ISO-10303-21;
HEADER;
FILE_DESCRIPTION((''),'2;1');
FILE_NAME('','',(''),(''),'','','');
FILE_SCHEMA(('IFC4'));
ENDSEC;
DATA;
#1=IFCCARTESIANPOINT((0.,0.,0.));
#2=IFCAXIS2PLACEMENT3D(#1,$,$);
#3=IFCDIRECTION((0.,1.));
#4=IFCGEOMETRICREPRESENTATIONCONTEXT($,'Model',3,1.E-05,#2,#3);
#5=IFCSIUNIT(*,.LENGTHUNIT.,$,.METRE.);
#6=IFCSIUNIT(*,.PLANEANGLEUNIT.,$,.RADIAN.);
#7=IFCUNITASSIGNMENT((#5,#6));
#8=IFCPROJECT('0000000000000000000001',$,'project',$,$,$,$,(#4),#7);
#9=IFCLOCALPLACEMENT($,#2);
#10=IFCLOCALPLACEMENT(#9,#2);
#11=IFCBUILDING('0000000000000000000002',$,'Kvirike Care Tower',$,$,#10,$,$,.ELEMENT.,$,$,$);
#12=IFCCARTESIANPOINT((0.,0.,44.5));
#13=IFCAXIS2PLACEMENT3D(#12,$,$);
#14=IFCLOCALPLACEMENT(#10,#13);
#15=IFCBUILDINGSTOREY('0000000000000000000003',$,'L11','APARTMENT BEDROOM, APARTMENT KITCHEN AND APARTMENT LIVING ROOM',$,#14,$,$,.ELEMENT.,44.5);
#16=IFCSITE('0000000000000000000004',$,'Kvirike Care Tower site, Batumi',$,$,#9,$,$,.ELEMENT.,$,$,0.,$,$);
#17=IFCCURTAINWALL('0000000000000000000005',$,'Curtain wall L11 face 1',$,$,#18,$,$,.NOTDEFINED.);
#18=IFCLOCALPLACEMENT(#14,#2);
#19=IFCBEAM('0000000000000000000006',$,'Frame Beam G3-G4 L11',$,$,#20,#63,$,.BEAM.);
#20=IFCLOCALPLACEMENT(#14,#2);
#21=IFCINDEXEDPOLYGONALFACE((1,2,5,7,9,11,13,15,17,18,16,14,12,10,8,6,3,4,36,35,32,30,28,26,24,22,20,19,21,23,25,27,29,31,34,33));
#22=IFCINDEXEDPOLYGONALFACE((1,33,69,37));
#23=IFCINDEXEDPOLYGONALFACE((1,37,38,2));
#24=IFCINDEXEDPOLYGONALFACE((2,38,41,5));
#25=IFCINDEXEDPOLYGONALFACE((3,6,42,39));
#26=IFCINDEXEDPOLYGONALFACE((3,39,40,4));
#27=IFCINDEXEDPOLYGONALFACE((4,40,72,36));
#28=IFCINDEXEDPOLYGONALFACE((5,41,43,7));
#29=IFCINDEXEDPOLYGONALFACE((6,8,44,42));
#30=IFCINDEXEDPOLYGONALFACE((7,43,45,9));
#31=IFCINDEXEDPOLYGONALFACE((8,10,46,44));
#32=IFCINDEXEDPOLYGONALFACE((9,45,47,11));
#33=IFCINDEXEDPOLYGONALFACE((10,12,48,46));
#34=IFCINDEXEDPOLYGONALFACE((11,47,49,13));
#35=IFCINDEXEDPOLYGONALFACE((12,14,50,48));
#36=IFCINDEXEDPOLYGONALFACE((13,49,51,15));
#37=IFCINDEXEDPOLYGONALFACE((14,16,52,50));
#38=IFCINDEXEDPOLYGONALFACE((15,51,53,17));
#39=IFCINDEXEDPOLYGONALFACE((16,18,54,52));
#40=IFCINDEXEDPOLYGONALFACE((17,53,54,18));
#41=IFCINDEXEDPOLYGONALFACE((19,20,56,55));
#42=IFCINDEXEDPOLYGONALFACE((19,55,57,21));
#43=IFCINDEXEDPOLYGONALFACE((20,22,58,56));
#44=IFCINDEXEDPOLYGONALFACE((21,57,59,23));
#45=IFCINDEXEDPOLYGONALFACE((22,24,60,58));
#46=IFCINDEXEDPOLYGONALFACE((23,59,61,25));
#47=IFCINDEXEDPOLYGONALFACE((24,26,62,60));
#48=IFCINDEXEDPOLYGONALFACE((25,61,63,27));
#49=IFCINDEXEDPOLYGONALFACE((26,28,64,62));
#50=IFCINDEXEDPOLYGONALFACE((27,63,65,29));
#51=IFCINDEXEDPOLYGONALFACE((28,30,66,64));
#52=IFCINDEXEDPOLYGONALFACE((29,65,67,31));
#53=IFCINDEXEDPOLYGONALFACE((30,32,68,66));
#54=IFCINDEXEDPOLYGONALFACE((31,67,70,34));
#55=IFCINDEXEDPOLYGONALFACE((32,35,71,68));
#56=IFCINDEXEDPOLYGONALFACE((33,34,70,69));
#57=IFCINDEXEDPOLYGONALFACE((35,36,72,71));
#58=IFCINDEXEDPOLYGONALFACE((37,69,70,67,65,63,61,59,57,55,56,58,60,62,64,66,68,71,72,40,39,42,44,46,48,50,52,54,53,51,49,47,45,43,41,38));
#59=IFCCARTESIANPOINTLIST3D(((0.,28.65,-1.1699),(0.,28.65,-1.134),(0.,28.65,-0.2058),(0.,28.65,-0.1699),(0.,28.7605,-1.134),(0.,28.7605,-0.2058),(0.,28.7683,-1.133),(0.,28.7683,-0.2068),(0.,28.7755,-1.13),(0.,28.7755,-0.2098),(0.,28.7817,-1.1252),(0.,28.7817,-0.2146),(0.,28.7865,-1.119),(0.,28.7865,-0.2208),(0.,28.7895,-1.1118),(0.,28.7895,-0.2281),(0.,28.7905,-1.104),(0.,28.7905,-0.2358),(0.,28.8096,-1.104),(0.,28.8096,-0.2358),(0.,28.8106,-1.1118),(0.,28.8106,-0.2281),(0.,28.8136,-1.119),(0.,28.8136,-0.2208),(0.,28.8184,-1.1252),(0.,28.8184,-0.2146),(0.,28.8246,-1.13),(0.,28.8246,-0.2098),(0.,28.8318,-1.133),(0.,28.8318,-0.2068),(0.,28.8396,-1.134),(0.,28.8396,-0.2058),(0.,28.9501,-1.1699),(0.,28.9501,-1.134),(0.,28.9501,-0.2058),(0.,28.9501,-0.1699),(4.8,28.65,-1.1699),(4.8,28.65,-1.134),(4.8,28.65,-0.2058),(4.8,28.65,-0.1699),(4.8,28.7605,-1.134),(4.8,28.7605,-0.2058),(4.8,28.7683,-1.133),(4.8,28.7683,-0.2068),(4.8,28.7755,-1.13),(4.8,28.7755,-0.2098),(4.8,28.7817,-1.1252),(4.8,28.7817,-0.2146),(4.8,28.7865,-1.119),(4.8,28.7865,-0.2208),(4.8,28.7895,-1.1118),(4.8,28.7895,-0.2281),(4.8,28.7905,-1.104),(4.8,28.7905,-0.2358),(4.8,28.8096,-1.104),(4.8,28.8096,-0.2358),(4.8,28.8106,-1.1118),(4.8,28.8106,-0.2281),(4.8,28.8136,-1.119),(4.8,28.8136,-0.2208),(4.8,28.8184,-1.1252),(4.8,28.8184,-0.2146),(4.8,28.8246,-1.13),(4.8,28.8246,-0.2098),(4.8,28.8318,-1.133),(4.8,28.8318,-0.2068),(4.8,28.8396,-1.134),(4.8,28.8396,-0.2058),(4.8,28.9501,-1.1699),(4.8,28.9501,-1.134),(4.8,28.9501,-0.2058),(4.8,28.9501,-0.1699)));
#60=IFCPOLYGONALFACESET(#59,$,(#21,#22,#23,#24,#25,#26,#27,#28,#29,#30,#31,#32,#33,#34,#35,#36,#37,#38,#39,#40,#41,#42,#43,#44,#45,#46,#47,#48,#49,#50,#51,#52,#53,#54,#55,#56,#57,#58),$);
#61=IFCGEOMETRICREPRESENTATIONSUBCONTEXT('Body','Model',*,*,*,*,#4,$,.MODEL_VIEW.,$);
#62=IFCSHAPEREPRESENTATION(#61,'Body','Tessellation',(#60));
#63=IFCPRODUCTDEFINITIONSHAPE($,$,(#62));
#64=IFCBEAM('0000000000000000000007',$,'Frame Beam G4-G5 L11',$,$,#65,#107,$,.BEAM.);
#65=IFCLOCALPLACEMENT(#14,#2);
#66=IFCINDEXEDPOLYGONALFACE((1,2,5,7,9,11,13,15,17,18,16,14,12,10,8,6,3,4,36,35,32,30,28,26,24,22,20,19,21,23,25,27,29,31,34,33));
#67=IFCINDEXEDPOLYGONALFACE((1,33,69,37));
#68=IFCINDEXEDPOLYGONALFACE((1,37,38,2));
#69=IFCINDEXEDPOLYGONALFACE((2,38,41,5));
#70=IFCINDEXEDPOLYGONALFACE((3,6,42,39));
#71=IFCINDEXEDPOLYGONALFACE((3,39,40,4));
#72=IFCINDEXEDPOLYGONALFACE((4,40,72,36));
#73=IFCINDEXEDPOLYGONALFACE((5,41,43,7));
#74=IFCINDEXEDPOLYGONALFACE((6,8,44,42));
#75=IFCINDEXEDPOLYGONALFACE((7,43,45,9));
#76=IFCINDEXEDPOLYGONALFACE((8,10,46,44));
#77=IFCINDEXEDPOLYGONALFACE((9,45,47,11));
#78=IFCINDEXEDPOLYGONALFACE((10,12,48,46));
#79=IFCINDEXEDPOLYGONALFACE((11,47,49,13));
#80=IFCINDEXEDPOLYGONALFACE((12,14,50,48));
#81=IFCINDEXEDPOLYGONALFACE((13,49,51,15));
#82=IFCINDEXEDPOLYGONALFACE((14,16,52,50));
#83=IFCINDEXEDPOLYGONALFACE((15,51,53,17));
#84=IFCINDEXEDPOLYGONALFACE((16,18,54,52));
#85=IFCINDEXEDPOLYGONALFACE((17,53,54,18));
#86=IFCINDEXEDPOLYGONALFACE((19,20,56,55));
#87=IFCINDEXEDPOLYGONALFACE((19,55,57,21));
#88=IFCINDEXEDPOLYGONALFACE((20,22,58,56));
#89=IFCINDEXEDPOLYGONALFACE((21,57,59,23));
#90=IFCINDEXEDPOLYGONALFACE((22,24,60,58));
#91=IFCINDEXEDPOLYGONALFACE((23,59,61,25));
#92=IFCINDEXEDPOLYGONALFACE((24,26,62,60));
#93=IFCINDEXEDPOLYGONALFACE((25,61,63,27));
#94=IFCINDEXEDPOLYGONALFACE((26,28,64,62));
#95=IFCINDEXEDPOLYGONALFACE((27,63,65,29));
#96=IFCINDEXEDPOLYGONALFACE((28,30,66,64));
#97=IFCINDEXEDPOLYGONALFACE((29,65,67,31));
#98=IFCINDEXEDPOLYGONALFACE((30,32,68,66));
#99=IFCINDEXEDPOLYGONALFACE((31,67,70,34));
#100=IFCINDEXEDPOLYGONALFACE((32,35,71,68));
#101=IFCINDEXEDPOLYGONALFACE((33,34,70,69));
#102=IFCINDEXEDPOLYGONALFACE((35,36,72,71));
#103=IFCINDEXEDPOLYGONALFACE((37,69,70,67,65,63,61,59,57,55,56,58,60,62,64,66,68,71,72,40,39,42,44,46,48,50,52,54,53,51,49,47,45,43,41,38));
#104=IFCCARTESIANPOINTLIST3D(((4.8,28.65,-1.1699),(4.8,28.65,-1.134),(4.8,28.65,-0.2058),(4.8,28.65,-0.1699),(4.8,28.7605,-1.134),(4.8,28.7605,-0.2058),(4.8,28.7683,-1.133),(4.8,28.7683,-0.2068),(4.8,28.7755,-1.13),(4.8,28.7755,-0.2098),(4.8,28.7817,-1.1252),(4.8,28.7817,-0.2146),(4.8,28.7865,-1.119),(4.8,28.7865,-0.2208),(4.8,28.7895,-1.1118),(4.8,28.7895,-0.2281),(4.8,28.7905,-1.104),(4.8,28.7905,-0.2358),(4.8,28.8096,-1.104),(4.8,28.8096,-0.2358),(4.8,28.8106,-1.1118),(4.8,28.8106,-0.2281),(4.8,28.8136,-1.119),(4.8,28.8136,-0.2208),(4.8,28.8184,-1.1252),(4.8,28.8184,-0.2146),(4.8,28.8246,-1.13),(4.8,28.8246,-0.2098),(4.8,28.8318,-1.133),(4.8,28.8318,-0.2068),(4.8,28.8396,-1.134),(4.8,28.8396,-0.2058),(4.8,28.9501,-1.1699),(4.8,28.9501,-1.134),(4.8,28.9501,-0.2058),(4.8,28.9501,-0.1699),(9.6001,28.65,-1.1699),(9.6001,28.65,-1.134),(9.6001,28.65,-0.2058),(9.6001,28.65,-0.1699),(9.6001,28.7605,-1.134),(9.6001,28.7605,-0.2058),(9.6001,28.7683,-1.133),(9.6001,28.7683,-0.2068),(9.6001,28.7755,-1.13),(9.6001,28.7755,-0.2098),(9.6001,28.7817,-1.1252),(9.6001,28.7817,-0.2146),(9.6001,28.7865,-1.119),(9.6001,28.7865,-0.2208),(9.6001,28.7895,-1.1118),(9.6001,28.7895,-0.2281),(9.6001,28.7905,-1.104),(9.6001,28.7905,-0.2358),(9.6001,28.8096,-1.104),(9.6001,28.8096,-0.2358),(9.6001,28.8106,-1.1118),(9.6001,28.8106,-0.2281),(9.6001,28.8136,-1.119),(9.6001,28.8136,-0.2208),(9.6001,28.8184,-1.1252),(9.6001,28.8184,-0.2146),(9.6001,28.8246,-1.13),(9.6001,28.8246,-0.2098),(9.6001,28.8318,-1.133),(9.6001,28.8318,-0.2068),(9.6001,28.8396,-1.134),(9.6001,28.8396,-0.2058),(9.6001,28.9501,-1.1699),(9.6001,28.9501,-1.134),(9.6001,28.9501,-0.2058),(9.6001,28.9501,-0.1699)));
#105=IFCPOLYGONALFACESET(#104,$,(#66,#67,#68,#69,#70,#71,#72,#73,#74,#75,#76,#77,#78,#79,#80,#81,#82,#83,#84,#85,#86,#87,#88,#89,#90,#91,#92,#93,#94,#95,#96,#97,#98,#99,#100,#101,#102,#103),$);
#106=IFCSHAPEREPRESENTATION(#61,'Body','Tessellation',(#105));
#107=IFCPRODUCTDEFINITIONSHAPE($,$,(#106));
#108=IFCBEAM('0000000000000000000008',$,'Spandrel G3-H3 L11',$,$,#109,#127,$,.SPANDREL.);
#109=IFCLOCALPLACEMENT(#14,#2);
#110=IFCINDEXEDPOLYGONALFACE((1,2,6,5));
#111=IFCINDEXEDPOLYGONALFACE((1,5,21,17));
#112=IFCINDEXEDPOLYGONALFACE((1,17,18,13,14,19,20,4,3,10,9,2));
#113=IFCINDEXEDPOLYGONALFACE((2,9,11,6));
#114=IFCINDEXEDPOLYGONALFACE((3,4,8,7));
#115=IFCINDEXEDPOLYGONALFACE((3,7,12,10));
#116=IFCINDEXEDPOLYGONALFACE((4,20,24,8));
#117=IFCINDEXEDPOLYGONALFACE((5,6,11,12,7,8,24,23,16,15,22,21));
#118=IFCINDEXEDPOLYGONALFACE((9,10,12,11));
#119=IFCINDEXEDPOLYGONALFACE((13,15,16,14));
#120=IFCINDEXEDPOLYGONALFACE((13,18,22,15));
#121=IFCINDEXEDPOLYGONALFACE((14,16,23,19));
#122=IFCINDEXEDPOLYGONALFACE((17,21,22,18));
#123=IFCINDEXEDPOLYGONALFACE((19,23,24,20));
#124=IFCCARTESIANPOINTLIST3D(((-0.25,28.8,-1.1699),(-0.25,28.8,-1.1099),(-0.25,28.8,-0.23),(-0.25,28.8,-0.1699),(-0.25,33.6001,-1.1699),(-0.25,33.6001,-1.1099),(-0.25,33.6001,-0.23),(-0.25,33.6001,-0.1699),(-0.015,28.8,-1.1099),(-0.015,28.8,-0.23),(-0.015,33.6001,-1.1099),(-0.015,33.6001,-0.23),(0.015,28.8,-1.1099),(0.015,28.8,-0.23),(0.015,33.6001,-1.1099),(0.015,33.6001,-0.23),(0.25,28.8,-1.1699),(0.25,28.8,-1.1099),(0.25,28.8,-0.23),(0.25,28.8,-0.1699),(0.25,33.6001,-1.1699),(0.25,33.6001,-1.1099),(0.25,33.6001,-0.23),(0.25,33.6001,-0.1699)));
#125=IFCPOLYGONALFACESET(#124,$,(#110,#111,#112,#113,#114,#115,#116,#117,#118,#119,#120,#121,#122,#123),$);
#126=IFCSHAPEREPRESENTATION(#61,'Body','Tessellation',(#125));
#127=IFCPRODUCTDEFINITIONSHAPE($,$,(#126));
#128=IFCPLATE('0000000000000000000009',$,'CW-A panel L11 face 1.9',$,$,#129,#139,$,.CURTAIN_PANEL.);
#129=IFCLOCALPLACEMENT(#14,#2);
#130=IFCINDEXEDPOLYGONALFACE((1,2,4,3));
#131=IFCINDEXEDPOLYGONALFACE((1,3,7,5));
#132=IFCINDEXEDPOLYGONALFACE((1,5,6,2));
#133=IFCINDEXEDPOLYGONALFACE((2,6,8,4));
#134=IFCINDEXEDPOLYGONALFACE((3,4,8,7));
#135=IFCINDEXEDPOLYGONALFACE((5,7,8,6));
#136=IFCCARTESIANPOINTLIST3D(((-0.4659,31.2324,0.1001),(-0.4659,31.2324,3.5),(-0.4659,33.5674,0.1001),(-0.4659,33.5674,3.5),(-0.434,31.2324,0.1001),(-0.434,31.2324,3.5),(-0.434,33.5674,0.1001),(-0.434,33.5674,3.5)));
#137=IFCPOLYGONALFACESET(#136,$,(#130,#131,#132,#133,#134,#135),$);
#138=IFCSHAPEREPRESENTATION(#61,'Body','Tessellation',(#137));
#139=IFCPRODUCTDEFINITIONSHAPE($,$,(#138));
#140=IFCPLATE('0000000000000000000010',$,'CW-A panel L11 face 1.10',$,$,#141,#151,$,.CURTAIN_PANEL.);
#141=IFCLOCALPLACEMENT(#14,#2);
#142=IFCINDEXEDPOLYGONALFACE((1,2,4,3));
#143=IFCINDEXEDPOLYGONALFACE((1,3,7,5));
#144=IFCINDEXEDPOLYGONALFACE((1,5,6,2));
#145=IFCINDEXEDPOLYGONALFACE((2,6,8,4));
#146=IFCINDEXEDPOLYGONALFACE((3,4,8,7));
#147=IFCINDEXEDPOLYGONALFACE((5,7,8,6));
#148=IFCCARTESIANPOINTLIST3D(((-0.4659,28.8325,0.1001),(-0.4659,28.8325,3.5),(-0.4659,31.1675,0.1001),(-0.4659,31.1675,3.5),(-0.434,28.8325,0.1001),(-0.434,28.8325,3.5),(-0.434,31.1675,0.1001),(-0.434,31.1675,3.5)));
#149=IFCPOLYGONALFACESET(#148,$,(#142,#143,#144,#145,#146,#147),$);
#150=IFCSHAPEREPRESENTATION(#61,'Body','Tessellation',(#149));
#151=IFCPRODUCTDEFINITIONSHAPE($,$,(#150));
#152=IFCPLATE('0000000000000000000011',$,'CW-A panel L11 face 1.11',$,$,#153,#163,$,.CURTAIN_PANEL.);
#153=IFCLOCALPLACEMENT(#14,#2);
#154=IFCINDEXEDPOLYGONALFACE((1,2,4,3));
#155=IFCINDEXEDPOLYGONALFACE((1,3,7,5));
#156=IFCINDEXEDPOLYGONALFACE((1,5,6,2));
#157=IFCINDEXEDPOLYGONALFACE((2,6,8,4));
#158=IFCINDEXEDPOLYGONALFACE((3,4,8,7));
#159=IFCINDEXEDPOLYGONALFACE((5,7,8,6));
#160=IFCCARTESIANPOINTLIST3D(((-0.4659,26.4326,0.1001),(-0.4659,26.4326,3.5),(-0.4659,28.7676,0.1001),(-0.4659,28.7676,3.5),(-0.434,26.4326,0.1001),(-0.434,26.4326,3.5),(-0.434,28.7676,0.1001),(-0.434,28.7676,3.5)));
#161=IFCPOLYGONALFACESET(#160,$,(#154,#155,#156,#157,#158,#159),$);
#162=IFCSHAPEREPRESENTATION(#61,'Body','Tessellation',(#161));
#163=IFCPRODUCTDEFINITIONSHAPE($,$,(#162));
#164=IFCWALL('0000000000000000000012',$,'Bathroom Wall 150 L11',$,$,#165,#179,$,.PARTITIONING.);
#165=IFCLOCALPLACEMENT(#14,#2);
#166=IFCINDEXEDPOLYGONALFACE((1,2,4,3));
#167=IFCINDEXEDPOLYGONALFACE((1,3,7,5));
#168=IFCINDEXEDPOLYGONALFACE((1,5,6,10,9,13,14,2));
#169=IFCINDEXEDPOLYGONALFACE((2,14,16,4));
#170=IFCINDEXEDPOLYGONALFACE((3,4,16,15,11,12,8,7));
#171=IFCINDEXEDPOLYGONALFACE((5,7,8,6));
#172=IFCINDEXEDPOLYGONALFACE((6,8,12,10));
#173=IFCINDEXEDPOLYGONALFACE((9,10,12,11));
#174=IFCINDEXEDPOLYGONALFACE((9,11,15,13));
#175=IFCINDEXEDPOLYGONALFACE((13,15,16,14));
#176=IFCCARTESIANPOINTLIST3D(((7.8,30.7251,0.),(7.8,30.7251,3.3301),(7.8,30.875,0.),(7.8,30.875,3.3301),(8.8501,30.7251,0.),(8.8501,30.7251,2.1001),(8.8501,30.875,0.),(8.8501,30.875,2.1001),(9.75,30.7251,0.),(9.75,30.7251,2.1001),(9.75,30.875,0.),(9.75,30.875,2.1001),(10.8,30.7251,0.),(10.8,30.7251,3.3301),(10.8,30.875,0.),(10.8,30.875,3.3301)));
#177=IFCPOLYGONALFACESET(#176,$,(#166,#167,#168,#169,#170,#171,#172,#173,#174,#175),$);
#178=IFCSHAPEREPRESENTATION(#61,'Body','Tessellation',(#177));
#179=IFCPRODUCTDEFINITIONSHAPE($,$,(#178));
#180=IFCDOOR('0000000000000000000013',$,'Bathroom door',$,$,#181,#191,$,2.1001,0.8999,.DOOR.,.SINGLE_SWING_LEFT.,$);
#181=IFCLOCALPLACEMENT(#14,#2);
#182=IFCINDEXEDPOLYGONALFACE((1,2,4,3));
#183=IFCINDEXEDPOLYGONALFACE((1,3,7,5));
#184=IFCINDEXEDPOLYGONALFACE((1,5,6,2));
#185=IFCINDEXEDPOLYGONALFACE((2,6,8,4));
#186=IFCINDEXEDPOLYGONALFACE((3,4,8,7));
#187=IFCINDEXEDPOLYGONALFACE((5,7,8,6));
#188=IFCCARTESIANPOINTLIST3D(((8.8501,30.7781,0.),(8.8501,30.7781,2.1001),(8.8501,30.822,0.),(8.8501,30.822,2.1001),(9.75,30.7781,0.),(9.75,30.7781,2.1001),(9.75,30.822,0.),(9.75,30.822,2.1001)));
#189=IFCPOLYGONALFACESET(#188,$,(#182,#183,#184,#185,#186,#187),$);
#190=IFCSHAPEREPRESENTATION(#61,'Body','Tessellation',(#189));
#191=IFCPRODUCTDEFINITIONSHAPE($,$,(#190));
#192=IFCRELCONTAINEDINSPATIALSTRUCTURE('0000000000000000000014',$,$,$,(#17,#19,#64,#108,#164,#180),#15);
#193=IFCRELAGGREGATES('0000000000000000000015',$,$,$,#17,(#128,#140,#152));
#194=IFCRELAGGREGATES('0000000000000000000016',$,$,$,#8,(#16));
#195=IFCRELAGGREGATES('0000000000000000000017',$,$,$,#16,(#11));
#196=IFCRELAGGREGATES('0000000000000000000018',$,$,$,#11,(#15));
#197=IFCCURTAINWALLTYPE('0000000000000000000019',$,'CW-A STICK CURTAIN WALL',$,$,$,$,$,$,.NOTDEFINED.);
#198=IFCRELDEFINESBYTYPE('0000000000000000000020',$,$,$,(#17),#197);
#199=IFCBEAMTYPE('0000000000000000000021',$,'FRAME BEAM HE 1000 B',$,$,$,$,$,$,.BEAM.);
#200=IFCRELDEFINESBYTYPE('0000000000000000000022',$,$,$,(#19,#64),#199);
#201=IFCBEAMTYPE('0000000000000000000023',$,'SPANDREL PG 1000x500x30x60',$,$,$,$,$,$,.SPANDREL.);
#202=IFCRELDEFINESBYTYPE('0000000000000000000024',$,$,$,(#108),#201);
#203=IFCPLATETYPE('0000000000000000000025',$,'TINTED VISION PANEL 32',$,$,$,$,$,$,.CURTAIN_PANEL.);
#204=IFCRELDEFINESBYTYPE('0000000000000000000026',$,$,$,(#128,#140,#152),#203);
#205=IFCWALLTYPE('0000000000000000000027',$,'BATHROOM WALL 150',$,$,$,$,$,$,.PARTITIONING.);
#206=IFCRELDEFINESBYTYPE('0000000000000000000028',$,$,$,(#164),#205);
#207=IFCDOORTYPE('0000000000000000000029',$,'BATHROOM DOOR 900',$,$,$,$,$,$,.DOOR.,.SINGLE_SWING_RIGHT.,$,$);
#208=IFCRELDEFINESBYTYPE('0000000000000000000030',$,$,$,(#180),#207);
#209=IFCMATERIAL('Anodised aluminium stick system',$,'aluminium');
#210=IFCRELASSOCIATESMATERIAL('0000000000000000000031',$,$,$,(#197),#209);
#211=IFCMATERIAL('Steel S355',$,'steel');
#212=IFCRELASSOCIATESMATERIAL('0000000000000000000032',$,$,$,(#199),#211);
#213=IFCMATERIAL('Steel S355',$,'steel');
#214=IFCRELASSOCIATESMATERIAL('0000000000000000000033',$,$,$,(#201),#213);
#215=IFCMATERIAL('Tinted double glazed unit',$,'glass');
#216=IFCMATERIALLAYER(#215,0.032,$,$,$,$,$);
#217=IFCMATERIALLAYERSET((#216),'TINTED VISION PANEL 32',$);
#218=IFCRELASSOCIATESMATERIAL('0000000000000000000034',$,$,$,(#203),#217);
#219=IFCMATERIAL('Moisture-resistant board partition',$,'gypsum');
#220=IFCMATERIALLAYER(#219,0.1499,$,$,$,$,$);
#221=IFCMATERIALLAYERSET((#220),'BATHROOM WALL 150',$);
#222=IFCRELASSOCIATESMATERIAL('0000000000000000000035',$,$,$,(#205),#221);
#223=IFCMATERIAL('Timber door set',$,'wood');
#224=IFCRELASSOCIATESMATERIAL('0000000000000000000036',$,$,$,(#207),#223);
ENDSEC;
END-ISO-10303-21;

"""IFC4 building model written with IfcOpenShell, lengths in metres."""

from ifc_helpers import new_model, si_unit, direction, frame, frame_2d, origin, origin_2d, place, context, subcontext, project, spatial, rectangle, i_section, extrude, material, layer, layer_set, material_profile, profile_set, type_object, element, fill, aggregate, save


model = new_model("IFC4")

# Units and contexts
model_context = context("Model", 3, precision=1e-05, world=origin(), true_north=direction((0.0, 1.0)))
body_context = subcontext(model_context, "Body", "Model", "MODEL_VIEW")
ifc_project = project(units=[si_unit("LENGTHUNIT", "METRE"), si_unit("PLANEANGLEUNIT", "RADIAN")], contexts=[model_context])

# Site, building, storey
site_placement = place(None, origin())
site = spatial("IfcSite", under=ifc_project, at=site_placement, Name="Kvirike Care Tower site, Batumi", CompositionType="ELEMENT", RefElevation=0.0)
building_placement = place(site_placement, origin())
building = spatial("IfcBuilding", under=site, at=building_placement, Name="Kvirike Care Tower", CompositionType="ELEMENT")
storey_placement = place(building_placement, frame((0.0, 0.0, 44.5)))
storey = spatial("IfcBuildingStorey", under=building, at=storey_placement, Name="L11", Description="APARTMENT BEDROOM, APARTMENT KITCHEN AND APARTMENT LIVING ROOM", CompositionType="ELEMENT", Elevation=44.5)

# Curtain wall
ifc_material_1 = material(Name="Anodised aluminium stick system", Category="aluminium")
curtain_wall_type = type_object("IfcCurtainWallType", Name="CW-A STICK CURTAIN WALL", PredefinedType="NOTDEFINED", material=ifc_material_1)
curtain_wall_placement = place(storey_placement, origin())
curtain_wall = element("IfcCurtainWall", 1, at=curtain_wall_placement, inside=storey, type_object=curtain_wall_type, Name="Curtain wall L11 face 1", PredefinedType="NOTDEFINED")

# Beams
ifc_material_2 = material(Name="Steel S355", Category="steel")
ifc_material_profile_1 = material_profile(ifc_material_2, i_section(OverallWidth=0.3, OverallDepth=1.0, WebThickness=0.019, FlangeThickness=0.0359, FilletRadius=0.03, at=origin_2d()), Name="HE 1000 B")
ifc_profile_set_1 = profile_set([ifc_material_profile_1], Name="Steel S355")
beam_type_1 = type_object("IfcBeamType", Name="FRAME BEAM HE 1000 B", PredefinedType="BEAM", material=ifc_profile_set_1)
for number, where, z_axis, x_axis, name in (
    (2, (0.0, 28.8, -0.6699), (1.0, 0.0, 0.0), (0.0, 1.0, 0.0), "Frame Beam G3-G4 L11"),
    (3, (4.8, 28.8, -0.6699), (1.0, 0.0, 0.0), (0.0, 1.0, 0.0), "Frame Beam G4-G5 L11"),
):
    element("IfcBeam", number, at=place(storey_placement, frame(where, z_axis=z_axis, x_axis=x_axis)), inside=storey, type_object=beam_type_1, Name=name, PredefinedType="BEAM", context=body_context, shape_type="SweptSolid", body=[
        extrude(i_section(OverallWidth=0.3, OverallDepth=1.0, WebThickness=0.019, FlangeThickness=0.0359, FilletRadius=0.03, at=origin_2d()), origin(), (0.0, 0.0, 1.0), 4.8),
    ])
ifc_material_3 = material(Name="Steel S355", Category="steel")
ifc_material_profile_2 = material_profile(ifc_material_3, i_section(OverallWidth=0.5, OverallDepth=1.0, WebThickness=0.03, FlangeThickness=0.0601, at=origin_2d()), Name="PG 1000x500x30x60")
ifc_profile_set_2 = profile_set([ifc_material_profile_2], Name="Steel S355")
beam_type_2 = type_object("IfcBeamType", Name="SPANDREL PG 1000x500x30x60", PredefinedType="SPANDREL", material=ifc_profile_set_2)
beam_placement = place(storey_placement, frame((0.0, 28.8, -0.6699), z_axis=(0.0, 1.0, 0.0), x_axis=(-1.0, 0.0, 0.0)))
element("IfcBeam", 4, at=beam_placement, inside=storey, type_object=beam_type_2, Name="Spandrel G3-H3 L11", PredefinedType="SPANDREL", context=body_context, shape_type="SweptSolid", body=[
    extrude(i_section(OverallWidth=0.5, OverallDepth=1.0, WebThickness=0.03, FlangeThickness=0.0601, at=origin_2d()), origin(), (0.0, 0.0, 1.0), 4.8),
])

# Plates
ifc_material_4 = material(Name="Tinted double glazed unit", Category="glass")
ifc_layer_1 = layer(ifc_material_4, 0.032)
ifc_layer_set_1 = layer_set([ifc_layer_1], Name="TINTED VISION PANEL 32")
plate_type = type_object("IfcPlateType", Name="TINTED VISION PANEL 32", PredefinedType="CURTAIN_PANEL", material=ifc_layer_set_1)
plate_1_placement = place(storey_placement, frame((-0.45, 32.3999, 0.1001), z_axis=(0.0, 0.0, 1.0), x_axis=(0.0, -1.0, 0.0)))
plate_1 = element("IfcPlate", 5, at=plate_1_placement, type_object=plate_type, Name="CW-A panel L11 face 1.9", PredefinedType="CURTAIN_PANEL", context=body_context, shape_type="SweptSolid", body=[
    extrude(rectangle(XDim=2.335, YDim=0.032, at=origin_2d()), origin(), (0.0, 0.0, 1.0), 3.3999),
])
plate_2_placement = place(storey_placement, frame((-0.45, 30.0, 0.1001), z_axis=(0.0, 0.0, 1.0), x_axis=(0.0, -1.0, 0.0)))
plate_2 = element("IfcPlate", 6, at=plate_2_placement, type_object=plate_type, Name="CW-A panel L11 face 1.10", PredefinedType="CURTAIN_PANEL", context=body_context, shape_type="SweptSolid", body=[
    extrude(rectangle(XDim=2.335, YDim=0.032, at=origin_2d()), origin(), (0.0, 0.0, 1.0), 3.3999),
])
plate_3_placement = place(storey_placement, frame((-0.45, 27.6001, 0.1001), z_axis=(0.0, 0.0, 1.0), x_axis=(0.0, -1.0, 0.0)))
plate_3 = element("IfcPlate", 7, at=plate_3_placement, type_object=plate_type, Name="CW-A panel L11 face 1.11", PredefinedType="CURTAIN_PANEL", context=body_context, shape_type="SweptSolid", body=[
    extrude(rectangle(XDim=2.335, YDim=0.032, at=origin_2d()), origin(), (0.0, 0.0, 1.0), 3.3999),
])
aggregate(curtain_wall, [plate_1, plate_2, plate_3])

# Wall, opening, door
ifc_material_5 = material(Name="Moisture-resistant board partition", Category="gypsum")
ifc_layer_2 = layer(ifc_material_5, 0.1499)
ifc_layer_set_2 = layer_set([ifc_layer_2], Name="BATHROOM WALL 150")
wall_type_1 = type_object("IfcWallType", Name="BATHROOM WALL 150", PredefinedType="PARTITIONING", material=ifc_layer_set_2)
wall_1_placement = place(storey_placement, frame((7.8, 30.8, 0.0), z_axis=(0.0, 0.0, 1.0), x_axis=(1.0, 0.0, 0.0)))
wall_1 = element("IfcWall", 8, at=wall_1_placement, inside=storey, type_object=wall_type_1, Name="Bathroom Wall 150 L11", PredefinedType="PARTITIONING", context=body_context, shape_type="SweptSolid", body=[
    extrude(rectangle(XDim=3.0, YDim=0.1499, at=frame_2d((1.5, 0.0))), origin(), (0.0, 0.0, 1.0), 3.3301),
])
opening_1_placement = place(wall_1_placement, frame((1.05, 0.0, 0.0)))
opening_1 = element("IfcOpeningElement", 9, at=opening_1_placement, cuts=wall_1, PredefinedType="OPENING", context=body_context, shape_type="SweptSolid", body=[
    extrude(rectangle(XDim=0.8999, YDim=2.1001, at=frame_2d((0.45, 1.05))), frame((0.0, 0.0854, 0.0), z_axis=(0.0, -1.0, 0.0), x_axis=(1.0, 0.0, 0.0)), (0.0, 0.0, 1.0), 0.1709),
])
ifc_material_6 = material(Name="Timber door set", Category="wood")
door_type_1 = type_object("IfcDoorType", Name="BATHROOM DOOR 900", OperationType="SINGLE_SWING_RIGHT", PredefinedType="DOOR", material=ifc_material_6)
door_1_placement = place(opening_1_placement, origin())
door_1 = element("IfcDoor", 10, at=door_1_placement, inside=storey, type_object=door_type_1, Name="Bathroom door", OperationType="SINGLE_SWING_LEFT", OverallHeight=2.1001, OverallWidth=0.8999, PredefinedType="DOOR", context=body_context, shape_type="SweptSolid", body=[
    extrude(rectangle(XDim=0.8999, YDim=2.1001, at=frame_2d((0.45, 1.05))), frame((0.0, 0.022, 0.0), z_axis=(0.0, -1.0, 0.0), x_axis=(1.0, 0.0, 0.0)), (0.0, 0.0, 1.0), 0.0439),
])
fill(opening_1, door_1)

save(model, "model.ifc")
